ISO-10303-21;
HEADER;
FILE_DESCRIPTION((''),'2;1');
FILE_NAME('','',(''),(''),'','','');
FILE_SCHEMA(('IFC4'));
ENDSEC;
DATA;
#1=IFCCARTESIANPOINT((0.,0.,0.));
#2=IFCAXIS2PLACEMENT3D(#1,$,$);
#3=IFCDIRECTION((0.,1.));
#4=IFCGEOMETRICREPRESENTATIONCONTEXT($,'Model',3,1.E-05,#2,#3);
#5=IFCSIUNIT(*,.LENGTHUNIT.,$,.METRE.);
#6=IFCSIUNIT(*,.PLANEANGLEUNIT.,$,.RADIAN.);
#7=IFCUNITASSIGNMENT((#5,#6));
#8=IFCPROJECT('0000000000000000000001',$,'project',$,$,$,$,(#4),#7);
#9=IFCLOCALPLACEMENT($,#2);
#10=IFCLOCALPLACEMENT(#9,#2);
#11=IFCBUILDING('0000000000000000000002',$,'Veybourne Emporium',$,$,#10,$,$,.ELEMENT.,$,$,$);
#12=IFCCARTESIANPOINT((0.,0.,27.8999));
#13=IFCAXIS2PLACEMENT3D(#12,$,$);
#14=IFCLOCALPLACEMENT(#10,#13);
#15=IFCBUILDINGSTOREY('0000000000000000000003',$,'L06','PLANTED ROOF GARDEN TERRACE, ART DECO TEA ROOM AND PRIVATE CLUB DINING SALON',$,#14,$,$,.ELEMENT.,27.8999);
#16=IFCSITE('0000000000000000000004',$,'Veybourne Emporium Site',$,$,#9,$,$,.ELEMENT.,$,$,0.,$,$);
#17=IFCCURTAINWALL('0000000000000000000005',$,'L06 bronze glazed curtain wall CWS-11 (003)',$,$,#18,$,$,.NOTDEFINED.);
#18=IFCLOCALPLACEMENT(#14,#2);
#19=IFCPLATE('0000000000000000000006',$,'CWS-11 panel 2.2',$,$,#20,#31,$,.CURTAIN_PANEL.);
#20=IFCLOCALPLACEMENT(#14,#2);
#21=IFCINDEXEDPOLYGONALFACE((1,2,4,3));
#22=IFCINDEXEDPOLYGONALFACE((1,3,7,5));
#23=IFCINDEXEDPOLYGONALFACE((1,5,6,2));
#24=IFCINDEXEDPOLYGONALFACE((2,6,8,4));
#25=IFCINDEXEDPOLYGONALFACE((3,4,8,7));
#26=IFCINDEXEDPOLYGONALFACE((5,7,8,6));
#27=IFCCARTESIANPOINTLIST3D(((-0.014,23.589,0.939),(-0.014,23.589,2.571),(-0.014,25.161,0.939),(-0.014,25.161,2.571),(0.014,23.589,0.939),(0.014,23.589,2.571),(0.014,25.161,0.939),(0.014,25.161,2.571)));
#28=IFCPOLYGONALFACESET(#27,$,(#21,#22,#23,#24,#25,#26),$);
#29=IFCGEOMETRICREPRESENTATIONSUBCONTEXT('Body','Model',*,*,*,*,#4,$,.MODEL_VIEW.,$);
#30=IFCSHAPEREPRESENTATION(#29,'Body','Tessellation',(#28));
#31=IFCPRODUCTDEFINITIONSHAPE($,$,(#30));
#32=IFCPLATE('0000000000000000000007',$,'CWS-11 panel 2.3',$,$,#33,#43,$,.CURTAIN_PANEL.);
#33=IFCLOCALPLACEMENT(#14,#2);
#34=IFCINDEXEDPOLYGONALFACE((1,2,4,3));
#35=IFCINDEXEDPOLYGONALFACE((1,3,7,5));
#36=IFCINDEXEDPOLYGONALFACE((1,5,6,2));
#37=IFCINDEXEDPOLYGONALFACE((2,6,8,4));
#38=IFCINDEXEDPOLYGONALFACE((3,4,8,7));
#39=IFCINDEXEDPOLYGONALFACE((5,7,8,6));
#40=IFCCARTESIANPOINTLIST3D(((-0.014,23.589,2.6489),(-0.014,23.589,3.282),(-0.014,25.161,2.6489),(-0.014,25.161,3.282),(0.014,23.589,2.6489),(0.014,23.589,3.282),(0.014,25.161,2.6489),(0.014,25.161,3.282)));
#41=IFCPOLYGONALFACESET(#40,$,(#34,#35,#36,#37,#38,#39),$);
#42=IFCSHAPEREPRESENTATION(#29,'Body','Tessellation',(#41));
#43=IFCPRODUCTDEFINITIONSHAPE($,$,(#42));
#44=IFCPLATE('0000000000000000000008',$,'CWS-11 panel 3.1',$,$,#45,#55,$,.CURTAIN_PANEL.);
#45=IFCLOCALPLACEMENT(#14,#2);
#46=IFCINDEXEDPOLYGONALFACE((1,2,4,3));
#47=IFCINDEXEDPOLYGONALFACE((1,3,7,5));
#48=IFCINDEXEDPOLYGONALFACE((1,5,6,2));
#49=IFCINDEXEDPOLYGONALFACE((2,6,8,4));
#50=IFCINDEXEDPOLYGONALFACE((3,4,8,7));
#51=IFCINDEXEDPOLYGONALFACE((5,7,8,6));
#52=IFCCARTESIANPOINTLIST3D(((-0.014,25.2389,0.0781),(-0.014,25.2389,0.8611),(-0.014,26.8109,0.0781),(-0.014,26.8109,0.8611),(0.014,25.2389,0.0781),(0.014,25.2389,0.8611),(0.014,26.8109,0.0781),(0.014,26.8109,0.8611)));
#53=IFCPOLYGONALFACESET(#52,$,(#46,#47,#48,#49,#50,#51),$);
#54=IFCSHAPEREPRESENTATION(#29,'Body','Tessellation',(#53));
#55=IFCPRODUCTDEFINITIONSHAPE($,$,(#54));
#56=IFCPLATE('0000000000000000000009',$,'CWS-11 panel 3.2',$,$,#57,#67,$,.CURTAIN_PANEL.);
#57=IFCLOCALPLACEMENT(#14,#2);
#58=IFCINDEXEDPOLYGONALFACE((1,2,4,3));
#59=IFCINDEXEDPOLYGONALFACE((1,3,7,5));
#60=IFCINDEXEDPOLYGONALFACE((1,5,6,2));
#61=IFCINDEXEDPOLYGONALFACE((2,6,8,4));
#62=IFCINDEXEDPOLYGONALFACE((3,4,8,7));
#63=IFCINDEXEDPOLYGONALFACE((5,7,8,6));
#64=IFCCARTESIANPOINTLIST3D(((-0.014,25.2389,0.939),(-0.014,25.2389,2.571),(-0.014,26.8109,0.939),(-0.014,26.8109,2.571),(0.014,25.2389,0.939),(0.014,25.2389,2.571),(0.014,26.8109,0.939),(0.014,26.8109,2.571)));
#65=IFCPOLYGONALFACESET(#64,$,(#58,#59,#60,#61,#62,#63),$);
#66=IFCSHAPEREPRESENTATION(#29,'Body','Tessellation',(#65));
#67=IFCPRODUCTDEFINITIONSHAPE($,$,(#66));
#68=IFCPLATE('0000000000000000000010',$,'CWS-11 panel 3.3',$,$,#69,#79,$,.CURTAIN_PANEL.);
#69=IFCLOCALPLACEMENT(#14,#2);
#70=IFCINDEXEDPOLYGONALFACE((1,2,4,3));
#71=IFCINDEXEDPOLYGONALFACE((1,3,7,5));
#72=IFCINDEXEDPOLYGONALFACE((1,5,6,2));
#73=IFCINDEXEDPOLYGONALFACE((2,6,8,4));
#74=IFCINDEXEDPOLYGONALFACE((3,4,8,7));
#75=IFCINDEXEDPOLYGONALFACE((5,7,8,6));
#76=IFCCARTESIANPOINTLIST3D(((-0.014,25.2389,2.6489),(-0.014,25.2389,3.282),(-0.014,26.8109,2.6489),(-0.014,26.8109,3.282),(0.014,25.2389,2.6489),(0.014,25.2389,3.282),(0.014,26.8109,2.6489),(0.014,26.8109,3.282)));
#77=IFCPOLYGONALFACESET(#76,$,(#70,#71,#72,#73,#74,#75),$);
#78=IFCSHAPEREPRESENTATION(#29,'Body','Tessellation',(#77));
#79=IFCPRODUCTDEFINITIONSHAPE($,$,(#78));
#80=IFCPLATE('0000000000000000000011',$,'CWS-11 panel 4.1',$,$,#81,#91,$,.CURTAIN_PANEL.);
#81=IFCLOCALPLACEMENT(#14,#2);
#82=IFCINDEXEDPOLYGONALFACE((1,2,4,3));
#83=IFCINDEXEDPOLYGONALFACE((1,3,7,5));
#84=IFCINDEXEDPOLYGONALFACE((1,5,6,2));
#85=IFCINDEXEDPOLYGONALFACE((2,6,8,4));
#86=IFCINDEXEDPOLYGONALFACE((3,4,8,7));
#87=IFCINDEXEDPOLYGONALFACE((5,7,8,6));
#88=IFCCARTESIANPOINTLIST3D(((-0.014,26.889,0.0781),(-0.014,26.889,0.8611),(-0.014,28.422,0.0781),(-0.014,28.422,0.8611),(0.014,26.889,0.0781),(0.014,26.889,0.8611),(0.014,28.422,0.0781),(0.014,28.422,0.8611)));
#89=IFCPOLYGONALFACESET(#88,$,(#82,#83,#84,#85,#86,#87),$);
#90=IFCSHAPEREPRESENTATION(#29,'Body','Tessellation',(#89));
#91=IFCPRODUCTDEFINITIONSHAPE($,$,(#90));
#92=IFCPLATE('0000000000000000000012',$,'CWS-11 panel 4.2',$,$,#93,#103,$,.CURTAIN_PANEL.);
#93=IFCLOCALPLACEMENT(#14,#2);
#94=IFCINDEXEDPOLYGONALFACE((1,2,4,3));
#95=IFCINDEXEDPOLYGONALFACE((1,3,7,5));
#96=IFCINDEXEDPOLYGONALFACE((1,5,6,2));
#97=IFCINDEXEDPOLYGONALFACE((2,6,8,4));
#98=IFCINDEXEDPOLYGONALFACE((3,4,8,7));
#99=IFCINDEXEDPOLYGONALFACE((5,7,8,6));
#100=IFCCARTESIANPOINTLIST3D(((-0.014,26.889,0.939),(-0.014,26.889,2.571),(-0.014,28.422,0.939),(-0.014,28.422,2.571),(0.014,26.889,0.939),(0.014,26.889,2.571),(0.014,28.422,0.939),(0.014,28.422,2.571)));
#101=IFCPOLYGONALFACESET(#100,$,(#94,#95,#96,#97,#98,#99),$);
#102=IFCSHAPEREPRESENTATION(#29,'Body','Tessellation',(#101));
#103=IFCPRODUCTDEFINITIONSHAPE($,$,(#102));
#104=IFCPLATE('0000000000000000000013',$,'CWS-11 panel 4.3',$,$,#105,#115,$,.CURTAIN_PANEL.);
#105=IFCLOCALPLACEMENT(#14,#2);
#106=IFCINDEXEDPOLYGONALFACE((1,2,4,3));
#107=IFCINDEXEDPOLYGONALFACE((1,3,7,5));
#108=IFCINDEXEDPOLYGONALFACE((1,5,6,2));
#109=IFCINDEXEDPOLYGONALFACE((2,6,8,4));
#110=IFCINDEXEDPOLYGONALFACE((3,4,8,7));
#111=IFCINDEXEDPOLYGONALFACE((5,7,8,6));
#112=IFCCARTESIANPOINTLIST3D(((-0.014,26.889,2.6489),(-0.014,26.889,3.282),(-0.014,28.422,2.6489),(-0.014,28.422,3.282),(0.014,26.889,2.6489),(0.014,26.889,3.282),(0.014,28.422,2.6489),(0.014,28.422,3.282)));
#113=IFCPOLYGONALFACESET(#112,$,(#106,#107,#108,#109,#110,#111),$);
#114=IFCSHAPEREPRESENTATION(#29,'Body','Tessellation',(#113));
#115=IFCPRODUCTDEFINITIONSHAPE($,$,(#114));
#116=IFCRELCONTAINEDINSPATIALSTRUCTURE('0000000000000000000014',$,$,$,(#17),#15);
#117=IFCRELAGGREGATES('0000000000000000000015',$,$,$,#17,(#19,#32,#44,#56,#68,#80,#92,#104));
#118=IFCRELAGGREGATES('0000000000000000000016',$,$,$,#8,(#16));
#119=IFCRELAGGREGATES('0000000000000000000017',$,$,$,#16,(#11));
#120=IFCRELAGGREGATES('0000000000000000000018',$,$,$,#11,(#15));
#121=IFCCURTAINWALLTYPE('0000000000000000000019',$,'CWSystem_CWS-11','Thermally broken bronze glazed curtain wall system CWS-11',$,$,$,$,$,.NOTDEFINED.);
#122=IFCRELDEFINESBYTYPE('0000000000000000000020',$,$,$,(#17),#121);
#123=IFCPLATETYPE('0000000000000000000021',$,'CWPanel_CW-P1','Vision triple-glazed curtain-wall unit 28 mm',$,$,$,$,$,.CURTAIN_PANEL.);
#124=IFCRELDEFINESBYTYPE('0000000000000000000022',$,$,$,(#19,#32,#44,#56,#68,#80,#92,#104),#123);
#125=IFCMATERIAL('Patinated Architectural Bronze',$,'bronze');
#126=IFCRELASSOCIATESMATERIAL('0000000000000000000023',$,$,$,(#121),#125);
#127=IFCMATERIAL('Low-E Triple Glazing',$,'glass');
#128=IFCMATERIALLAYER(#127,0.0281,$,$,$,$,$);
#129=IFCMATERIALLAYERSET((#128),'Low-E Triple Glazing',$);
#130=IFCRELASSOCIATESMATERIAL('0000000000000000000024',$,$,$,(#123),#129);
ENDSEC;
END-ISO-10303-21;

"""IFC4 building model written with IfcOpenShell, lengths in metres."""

from ifc_helpers import new_model, si_unit, direction, frame, origin, origin_2d, place, context, subcontext, project, spatial, rectangle, extrude, material, layer, layer_set, type_object, element, aggregate, save


model = new_model("IFC4")

# Units and contexts
model_context = context("Model", 3, precision=1e-05, world=origin(), true_north=direction((0.0, 1.0)))
body_context = subcontext(model_context, "Body", "Model", "MODEL_VIEW")
ifc_project = project(units=[si_unit("LENGTHUNIT", "METRE"), si_unit("PLANEANGLEUNIT", "RADIAN")], contexts=[model_context])

# Site, building, storey
site_placement = place(None, origin())
site = spatial("IfcSite", under=ifc_project, at=site_placement, Name="Veybourne Emporium Site", CompositionType="ELEMENT", RefElevation=0.0)
building_placement = place(site_placement, origin())
building = spatial("IfcBuilding", under=site, at=building_placement, Name="Veybourne Emporium", CompositionType="ELEMENT")
storey_placement = place(building_placement, frame((0.0, 0.0, 27.8999)))
storey = spatial("IfcBuildingStorey", under=building, at=storey_placement, Name="L06", Description="PLANTED ROOF GARDEN TERRACE, ART DECO TEA ROOM AND PRIVATE CLUB DINING SALON", CompositionType="ELEMENT", Elevation=27.8999)

# Curtain wall, plates
ifc_material_1 = material(Name="Patinated Architectural Bronze", Category="bronze")
curtain_wall_type = type_object("IfcCurtainWallType", Name="CWSystem_CWS-11", Description="Thermally broken bronze glazed curtain wall system CWS-11", PredefinedType="NOTDEFINED", material=ifc_material_1)
curtain_wall_placement = place(storey_placement, origin())
curtain_wall = element("IfcCurtainWall", 1, at=curtain_wall_placement, inside=storey, type_object=curtain_wall_type, Name="L06 bronze glazed curtain wall CWS-11 (003)", PredefinedType="NOTDEFINED")
ifc_material_2 = material(Name="Low-E Triple Glazing", Category="glass")
ifc_layer_1 = layer(ifc_material_2, 0.0281)
ifc_layer_set_1 = layer_set([ifc_layer_1], Name="Low-E Triple Glazing")
plate_type = type_object("IfcPlateType", Name="CWPanel_CW-P1", Description="Vision triple-glazed curtain-wall unit 28 mm", PredefinedType="CURTAIN_PANEL", material=ifc_layer_set_1)
plate_1_placement = place(storey_placement, frame((0.0, 24.375, 0.939), z_axis=(0.0, 0.0, 1.0), x_axis=(0.0, 1.0, 0.0)))
plate_1 = element("IfcPlate", 2, at=plate_1_placement, type_object=plate_type, Name="CWS-11 panel 2.2", PredefinedType="CURTAIN_PANEL", context=body_context, shape_type="SweptSolid", body=[
    extrude(rectangle(XDim=1.572, YDim=0.0281, at=origin_2d()), origin(), (0.0, 0.0, 1.0), 1.6321),
])
plate_2_placement = place(storey_placement, frame((0.0, 24.375, 2.6489), z_axis=(0.0, 0.0, 1.0), x_axis=(0.0, 1.0, 0.0)))
plate_2 = element("IfcPlate", 3, at=plate_2_placement, type_object=plate_type, Name="CWS-11 panel 2.3", PredefinedType="CURTAIN_PANEL", context=body_context, shape_type="SweptSolid", body=[
    extrude(rectangle(XDim=1.572, YDim=0.0281, at=origin_2d()), origin(), (0.0, 0.0, 1.0), 0.6331),
])
plate_3_placement = place(storey_placement, frame((0.0, 26.0249, 0.0781), z_axis=(0.0, 0.0, 1.0), x_axis=(0.0, 1.0, 0.0)))
plate_3 = element("IfcPlate", 4, at=plate_3_placement, type_object=plate_type, Name="CWS-11 panel 3.1", PredefinedType="CURTAIN_PANEL", context=body_context, shape_type="SweptSolid", body=[
    extrude(rectangle(XDim=1.572, YDim=0.0281, at=origin_2d()), origin(), (0.0, 0.0, 1.0), 0.783),
])
plate_4_placement = place(storey_placement, frame((0.0, 26.0249, 0.939), z_axis=(0.0, 0.0, 1.0), x_axis=(0.0, 1.0, 0.0)))
plate_4 = element("IfcPlate", 5, at=plate_4_placement, type_object=plate_type, Name="CWS-11 panel 3.2", PredefinedType="CURTAIN_PANEL", context=body_context, shape_type="SweptSolid", body=[
    extrude(rectangle(XDim=1.572, YDim=0.0281, at=origin_2d()), origin(), (0.0, 0.0, 1.0), 1.6321),
])
plate_5_placement = place(storey_placement, frame((0.0, 26.0249, 2.6489), z_axis=(0.0, 0.0, 1.0), x_axis=(0.0, 1.0, 0.0)))
plate_5 = element("IfcPlate", 6, at=plate_5_placement, type_object=plate_type, Name="CWS-11 panel 3.3", PredefinedType="CURTAIN_PANEL", context=body_context, shape_type="SweptSolid", body=[
    extrude(rectangle(XDim=1.572, YDim=0.0281, at=origin_2d()), origin(), (0.0, 0.0, 1.0), 0.6331),
])
plate_6_placement = place(storey_placement, frame((0.0, 27.6555, 0.0781), z_axis=(0.0, 0.0, 1.0), x_axis=(0.0, 1.0, 0.0)))
plate_6 = element("IfcPlate", 7, at=plate_6_placement, type_object=plate_type, Name="CWS-11 panel 4.1", PredefinedType="CURTAIN_PANEL", context=body_context, shape_type="SweptSolid", body=[
    extrude(rectangle(XDim=1.533, YDim=0.0281, at=origin_2d()), origin(), (0.0, 0.0, 1.0), 0.783),
])
plate_7_placement = place(storey_placement, frame((0.0, 27.6555, 0.939), z_axis=(0.0, 0.0, 1.0), x_axis=(0.0, 1.0, 0.0)))
plate_7 = element("IfcPlate", 8, at=plate_7_placement, type_object=plate_type, Name="CWS-11 panel 4.2", PredefinedType="CURTAIN_PANEL", context=body_context, shape_type="SweptSolid", body=[
    extrude(rectangle(XDim=1.533, YDim=0.0281, at=origin_2d()), origin(), (0.0, 0.0, 1.0), 1.6321),
])
plate_8_placement = place(storey_placement, frame((0.0, 27.6555, 2.6489), z_axis=(0.0, 0.0, 1.0), x_axis=(0.0, 1.0, 0.0)))
plate_8 = element("IfcPlate", 9, at=plate_8_placement, type_object=plate_type, Name="CWS-11 panel 4.3", PredefinedType="CURTAIN_PANEL", context=body_context, shape_type="SweptSolid", body=[
    extrude(rectangle(XDim=1.533, YDim=0.0281, at=origin_2d()), origin(), (0.0, 0.0, 1.0), 0.6331),
])
aggregate(curtain_wall, [plate_1, plate_2, plate_3, plate_4, plate_5, plate_6, plate_7, plate_8])

save(model, "model.ifc")
